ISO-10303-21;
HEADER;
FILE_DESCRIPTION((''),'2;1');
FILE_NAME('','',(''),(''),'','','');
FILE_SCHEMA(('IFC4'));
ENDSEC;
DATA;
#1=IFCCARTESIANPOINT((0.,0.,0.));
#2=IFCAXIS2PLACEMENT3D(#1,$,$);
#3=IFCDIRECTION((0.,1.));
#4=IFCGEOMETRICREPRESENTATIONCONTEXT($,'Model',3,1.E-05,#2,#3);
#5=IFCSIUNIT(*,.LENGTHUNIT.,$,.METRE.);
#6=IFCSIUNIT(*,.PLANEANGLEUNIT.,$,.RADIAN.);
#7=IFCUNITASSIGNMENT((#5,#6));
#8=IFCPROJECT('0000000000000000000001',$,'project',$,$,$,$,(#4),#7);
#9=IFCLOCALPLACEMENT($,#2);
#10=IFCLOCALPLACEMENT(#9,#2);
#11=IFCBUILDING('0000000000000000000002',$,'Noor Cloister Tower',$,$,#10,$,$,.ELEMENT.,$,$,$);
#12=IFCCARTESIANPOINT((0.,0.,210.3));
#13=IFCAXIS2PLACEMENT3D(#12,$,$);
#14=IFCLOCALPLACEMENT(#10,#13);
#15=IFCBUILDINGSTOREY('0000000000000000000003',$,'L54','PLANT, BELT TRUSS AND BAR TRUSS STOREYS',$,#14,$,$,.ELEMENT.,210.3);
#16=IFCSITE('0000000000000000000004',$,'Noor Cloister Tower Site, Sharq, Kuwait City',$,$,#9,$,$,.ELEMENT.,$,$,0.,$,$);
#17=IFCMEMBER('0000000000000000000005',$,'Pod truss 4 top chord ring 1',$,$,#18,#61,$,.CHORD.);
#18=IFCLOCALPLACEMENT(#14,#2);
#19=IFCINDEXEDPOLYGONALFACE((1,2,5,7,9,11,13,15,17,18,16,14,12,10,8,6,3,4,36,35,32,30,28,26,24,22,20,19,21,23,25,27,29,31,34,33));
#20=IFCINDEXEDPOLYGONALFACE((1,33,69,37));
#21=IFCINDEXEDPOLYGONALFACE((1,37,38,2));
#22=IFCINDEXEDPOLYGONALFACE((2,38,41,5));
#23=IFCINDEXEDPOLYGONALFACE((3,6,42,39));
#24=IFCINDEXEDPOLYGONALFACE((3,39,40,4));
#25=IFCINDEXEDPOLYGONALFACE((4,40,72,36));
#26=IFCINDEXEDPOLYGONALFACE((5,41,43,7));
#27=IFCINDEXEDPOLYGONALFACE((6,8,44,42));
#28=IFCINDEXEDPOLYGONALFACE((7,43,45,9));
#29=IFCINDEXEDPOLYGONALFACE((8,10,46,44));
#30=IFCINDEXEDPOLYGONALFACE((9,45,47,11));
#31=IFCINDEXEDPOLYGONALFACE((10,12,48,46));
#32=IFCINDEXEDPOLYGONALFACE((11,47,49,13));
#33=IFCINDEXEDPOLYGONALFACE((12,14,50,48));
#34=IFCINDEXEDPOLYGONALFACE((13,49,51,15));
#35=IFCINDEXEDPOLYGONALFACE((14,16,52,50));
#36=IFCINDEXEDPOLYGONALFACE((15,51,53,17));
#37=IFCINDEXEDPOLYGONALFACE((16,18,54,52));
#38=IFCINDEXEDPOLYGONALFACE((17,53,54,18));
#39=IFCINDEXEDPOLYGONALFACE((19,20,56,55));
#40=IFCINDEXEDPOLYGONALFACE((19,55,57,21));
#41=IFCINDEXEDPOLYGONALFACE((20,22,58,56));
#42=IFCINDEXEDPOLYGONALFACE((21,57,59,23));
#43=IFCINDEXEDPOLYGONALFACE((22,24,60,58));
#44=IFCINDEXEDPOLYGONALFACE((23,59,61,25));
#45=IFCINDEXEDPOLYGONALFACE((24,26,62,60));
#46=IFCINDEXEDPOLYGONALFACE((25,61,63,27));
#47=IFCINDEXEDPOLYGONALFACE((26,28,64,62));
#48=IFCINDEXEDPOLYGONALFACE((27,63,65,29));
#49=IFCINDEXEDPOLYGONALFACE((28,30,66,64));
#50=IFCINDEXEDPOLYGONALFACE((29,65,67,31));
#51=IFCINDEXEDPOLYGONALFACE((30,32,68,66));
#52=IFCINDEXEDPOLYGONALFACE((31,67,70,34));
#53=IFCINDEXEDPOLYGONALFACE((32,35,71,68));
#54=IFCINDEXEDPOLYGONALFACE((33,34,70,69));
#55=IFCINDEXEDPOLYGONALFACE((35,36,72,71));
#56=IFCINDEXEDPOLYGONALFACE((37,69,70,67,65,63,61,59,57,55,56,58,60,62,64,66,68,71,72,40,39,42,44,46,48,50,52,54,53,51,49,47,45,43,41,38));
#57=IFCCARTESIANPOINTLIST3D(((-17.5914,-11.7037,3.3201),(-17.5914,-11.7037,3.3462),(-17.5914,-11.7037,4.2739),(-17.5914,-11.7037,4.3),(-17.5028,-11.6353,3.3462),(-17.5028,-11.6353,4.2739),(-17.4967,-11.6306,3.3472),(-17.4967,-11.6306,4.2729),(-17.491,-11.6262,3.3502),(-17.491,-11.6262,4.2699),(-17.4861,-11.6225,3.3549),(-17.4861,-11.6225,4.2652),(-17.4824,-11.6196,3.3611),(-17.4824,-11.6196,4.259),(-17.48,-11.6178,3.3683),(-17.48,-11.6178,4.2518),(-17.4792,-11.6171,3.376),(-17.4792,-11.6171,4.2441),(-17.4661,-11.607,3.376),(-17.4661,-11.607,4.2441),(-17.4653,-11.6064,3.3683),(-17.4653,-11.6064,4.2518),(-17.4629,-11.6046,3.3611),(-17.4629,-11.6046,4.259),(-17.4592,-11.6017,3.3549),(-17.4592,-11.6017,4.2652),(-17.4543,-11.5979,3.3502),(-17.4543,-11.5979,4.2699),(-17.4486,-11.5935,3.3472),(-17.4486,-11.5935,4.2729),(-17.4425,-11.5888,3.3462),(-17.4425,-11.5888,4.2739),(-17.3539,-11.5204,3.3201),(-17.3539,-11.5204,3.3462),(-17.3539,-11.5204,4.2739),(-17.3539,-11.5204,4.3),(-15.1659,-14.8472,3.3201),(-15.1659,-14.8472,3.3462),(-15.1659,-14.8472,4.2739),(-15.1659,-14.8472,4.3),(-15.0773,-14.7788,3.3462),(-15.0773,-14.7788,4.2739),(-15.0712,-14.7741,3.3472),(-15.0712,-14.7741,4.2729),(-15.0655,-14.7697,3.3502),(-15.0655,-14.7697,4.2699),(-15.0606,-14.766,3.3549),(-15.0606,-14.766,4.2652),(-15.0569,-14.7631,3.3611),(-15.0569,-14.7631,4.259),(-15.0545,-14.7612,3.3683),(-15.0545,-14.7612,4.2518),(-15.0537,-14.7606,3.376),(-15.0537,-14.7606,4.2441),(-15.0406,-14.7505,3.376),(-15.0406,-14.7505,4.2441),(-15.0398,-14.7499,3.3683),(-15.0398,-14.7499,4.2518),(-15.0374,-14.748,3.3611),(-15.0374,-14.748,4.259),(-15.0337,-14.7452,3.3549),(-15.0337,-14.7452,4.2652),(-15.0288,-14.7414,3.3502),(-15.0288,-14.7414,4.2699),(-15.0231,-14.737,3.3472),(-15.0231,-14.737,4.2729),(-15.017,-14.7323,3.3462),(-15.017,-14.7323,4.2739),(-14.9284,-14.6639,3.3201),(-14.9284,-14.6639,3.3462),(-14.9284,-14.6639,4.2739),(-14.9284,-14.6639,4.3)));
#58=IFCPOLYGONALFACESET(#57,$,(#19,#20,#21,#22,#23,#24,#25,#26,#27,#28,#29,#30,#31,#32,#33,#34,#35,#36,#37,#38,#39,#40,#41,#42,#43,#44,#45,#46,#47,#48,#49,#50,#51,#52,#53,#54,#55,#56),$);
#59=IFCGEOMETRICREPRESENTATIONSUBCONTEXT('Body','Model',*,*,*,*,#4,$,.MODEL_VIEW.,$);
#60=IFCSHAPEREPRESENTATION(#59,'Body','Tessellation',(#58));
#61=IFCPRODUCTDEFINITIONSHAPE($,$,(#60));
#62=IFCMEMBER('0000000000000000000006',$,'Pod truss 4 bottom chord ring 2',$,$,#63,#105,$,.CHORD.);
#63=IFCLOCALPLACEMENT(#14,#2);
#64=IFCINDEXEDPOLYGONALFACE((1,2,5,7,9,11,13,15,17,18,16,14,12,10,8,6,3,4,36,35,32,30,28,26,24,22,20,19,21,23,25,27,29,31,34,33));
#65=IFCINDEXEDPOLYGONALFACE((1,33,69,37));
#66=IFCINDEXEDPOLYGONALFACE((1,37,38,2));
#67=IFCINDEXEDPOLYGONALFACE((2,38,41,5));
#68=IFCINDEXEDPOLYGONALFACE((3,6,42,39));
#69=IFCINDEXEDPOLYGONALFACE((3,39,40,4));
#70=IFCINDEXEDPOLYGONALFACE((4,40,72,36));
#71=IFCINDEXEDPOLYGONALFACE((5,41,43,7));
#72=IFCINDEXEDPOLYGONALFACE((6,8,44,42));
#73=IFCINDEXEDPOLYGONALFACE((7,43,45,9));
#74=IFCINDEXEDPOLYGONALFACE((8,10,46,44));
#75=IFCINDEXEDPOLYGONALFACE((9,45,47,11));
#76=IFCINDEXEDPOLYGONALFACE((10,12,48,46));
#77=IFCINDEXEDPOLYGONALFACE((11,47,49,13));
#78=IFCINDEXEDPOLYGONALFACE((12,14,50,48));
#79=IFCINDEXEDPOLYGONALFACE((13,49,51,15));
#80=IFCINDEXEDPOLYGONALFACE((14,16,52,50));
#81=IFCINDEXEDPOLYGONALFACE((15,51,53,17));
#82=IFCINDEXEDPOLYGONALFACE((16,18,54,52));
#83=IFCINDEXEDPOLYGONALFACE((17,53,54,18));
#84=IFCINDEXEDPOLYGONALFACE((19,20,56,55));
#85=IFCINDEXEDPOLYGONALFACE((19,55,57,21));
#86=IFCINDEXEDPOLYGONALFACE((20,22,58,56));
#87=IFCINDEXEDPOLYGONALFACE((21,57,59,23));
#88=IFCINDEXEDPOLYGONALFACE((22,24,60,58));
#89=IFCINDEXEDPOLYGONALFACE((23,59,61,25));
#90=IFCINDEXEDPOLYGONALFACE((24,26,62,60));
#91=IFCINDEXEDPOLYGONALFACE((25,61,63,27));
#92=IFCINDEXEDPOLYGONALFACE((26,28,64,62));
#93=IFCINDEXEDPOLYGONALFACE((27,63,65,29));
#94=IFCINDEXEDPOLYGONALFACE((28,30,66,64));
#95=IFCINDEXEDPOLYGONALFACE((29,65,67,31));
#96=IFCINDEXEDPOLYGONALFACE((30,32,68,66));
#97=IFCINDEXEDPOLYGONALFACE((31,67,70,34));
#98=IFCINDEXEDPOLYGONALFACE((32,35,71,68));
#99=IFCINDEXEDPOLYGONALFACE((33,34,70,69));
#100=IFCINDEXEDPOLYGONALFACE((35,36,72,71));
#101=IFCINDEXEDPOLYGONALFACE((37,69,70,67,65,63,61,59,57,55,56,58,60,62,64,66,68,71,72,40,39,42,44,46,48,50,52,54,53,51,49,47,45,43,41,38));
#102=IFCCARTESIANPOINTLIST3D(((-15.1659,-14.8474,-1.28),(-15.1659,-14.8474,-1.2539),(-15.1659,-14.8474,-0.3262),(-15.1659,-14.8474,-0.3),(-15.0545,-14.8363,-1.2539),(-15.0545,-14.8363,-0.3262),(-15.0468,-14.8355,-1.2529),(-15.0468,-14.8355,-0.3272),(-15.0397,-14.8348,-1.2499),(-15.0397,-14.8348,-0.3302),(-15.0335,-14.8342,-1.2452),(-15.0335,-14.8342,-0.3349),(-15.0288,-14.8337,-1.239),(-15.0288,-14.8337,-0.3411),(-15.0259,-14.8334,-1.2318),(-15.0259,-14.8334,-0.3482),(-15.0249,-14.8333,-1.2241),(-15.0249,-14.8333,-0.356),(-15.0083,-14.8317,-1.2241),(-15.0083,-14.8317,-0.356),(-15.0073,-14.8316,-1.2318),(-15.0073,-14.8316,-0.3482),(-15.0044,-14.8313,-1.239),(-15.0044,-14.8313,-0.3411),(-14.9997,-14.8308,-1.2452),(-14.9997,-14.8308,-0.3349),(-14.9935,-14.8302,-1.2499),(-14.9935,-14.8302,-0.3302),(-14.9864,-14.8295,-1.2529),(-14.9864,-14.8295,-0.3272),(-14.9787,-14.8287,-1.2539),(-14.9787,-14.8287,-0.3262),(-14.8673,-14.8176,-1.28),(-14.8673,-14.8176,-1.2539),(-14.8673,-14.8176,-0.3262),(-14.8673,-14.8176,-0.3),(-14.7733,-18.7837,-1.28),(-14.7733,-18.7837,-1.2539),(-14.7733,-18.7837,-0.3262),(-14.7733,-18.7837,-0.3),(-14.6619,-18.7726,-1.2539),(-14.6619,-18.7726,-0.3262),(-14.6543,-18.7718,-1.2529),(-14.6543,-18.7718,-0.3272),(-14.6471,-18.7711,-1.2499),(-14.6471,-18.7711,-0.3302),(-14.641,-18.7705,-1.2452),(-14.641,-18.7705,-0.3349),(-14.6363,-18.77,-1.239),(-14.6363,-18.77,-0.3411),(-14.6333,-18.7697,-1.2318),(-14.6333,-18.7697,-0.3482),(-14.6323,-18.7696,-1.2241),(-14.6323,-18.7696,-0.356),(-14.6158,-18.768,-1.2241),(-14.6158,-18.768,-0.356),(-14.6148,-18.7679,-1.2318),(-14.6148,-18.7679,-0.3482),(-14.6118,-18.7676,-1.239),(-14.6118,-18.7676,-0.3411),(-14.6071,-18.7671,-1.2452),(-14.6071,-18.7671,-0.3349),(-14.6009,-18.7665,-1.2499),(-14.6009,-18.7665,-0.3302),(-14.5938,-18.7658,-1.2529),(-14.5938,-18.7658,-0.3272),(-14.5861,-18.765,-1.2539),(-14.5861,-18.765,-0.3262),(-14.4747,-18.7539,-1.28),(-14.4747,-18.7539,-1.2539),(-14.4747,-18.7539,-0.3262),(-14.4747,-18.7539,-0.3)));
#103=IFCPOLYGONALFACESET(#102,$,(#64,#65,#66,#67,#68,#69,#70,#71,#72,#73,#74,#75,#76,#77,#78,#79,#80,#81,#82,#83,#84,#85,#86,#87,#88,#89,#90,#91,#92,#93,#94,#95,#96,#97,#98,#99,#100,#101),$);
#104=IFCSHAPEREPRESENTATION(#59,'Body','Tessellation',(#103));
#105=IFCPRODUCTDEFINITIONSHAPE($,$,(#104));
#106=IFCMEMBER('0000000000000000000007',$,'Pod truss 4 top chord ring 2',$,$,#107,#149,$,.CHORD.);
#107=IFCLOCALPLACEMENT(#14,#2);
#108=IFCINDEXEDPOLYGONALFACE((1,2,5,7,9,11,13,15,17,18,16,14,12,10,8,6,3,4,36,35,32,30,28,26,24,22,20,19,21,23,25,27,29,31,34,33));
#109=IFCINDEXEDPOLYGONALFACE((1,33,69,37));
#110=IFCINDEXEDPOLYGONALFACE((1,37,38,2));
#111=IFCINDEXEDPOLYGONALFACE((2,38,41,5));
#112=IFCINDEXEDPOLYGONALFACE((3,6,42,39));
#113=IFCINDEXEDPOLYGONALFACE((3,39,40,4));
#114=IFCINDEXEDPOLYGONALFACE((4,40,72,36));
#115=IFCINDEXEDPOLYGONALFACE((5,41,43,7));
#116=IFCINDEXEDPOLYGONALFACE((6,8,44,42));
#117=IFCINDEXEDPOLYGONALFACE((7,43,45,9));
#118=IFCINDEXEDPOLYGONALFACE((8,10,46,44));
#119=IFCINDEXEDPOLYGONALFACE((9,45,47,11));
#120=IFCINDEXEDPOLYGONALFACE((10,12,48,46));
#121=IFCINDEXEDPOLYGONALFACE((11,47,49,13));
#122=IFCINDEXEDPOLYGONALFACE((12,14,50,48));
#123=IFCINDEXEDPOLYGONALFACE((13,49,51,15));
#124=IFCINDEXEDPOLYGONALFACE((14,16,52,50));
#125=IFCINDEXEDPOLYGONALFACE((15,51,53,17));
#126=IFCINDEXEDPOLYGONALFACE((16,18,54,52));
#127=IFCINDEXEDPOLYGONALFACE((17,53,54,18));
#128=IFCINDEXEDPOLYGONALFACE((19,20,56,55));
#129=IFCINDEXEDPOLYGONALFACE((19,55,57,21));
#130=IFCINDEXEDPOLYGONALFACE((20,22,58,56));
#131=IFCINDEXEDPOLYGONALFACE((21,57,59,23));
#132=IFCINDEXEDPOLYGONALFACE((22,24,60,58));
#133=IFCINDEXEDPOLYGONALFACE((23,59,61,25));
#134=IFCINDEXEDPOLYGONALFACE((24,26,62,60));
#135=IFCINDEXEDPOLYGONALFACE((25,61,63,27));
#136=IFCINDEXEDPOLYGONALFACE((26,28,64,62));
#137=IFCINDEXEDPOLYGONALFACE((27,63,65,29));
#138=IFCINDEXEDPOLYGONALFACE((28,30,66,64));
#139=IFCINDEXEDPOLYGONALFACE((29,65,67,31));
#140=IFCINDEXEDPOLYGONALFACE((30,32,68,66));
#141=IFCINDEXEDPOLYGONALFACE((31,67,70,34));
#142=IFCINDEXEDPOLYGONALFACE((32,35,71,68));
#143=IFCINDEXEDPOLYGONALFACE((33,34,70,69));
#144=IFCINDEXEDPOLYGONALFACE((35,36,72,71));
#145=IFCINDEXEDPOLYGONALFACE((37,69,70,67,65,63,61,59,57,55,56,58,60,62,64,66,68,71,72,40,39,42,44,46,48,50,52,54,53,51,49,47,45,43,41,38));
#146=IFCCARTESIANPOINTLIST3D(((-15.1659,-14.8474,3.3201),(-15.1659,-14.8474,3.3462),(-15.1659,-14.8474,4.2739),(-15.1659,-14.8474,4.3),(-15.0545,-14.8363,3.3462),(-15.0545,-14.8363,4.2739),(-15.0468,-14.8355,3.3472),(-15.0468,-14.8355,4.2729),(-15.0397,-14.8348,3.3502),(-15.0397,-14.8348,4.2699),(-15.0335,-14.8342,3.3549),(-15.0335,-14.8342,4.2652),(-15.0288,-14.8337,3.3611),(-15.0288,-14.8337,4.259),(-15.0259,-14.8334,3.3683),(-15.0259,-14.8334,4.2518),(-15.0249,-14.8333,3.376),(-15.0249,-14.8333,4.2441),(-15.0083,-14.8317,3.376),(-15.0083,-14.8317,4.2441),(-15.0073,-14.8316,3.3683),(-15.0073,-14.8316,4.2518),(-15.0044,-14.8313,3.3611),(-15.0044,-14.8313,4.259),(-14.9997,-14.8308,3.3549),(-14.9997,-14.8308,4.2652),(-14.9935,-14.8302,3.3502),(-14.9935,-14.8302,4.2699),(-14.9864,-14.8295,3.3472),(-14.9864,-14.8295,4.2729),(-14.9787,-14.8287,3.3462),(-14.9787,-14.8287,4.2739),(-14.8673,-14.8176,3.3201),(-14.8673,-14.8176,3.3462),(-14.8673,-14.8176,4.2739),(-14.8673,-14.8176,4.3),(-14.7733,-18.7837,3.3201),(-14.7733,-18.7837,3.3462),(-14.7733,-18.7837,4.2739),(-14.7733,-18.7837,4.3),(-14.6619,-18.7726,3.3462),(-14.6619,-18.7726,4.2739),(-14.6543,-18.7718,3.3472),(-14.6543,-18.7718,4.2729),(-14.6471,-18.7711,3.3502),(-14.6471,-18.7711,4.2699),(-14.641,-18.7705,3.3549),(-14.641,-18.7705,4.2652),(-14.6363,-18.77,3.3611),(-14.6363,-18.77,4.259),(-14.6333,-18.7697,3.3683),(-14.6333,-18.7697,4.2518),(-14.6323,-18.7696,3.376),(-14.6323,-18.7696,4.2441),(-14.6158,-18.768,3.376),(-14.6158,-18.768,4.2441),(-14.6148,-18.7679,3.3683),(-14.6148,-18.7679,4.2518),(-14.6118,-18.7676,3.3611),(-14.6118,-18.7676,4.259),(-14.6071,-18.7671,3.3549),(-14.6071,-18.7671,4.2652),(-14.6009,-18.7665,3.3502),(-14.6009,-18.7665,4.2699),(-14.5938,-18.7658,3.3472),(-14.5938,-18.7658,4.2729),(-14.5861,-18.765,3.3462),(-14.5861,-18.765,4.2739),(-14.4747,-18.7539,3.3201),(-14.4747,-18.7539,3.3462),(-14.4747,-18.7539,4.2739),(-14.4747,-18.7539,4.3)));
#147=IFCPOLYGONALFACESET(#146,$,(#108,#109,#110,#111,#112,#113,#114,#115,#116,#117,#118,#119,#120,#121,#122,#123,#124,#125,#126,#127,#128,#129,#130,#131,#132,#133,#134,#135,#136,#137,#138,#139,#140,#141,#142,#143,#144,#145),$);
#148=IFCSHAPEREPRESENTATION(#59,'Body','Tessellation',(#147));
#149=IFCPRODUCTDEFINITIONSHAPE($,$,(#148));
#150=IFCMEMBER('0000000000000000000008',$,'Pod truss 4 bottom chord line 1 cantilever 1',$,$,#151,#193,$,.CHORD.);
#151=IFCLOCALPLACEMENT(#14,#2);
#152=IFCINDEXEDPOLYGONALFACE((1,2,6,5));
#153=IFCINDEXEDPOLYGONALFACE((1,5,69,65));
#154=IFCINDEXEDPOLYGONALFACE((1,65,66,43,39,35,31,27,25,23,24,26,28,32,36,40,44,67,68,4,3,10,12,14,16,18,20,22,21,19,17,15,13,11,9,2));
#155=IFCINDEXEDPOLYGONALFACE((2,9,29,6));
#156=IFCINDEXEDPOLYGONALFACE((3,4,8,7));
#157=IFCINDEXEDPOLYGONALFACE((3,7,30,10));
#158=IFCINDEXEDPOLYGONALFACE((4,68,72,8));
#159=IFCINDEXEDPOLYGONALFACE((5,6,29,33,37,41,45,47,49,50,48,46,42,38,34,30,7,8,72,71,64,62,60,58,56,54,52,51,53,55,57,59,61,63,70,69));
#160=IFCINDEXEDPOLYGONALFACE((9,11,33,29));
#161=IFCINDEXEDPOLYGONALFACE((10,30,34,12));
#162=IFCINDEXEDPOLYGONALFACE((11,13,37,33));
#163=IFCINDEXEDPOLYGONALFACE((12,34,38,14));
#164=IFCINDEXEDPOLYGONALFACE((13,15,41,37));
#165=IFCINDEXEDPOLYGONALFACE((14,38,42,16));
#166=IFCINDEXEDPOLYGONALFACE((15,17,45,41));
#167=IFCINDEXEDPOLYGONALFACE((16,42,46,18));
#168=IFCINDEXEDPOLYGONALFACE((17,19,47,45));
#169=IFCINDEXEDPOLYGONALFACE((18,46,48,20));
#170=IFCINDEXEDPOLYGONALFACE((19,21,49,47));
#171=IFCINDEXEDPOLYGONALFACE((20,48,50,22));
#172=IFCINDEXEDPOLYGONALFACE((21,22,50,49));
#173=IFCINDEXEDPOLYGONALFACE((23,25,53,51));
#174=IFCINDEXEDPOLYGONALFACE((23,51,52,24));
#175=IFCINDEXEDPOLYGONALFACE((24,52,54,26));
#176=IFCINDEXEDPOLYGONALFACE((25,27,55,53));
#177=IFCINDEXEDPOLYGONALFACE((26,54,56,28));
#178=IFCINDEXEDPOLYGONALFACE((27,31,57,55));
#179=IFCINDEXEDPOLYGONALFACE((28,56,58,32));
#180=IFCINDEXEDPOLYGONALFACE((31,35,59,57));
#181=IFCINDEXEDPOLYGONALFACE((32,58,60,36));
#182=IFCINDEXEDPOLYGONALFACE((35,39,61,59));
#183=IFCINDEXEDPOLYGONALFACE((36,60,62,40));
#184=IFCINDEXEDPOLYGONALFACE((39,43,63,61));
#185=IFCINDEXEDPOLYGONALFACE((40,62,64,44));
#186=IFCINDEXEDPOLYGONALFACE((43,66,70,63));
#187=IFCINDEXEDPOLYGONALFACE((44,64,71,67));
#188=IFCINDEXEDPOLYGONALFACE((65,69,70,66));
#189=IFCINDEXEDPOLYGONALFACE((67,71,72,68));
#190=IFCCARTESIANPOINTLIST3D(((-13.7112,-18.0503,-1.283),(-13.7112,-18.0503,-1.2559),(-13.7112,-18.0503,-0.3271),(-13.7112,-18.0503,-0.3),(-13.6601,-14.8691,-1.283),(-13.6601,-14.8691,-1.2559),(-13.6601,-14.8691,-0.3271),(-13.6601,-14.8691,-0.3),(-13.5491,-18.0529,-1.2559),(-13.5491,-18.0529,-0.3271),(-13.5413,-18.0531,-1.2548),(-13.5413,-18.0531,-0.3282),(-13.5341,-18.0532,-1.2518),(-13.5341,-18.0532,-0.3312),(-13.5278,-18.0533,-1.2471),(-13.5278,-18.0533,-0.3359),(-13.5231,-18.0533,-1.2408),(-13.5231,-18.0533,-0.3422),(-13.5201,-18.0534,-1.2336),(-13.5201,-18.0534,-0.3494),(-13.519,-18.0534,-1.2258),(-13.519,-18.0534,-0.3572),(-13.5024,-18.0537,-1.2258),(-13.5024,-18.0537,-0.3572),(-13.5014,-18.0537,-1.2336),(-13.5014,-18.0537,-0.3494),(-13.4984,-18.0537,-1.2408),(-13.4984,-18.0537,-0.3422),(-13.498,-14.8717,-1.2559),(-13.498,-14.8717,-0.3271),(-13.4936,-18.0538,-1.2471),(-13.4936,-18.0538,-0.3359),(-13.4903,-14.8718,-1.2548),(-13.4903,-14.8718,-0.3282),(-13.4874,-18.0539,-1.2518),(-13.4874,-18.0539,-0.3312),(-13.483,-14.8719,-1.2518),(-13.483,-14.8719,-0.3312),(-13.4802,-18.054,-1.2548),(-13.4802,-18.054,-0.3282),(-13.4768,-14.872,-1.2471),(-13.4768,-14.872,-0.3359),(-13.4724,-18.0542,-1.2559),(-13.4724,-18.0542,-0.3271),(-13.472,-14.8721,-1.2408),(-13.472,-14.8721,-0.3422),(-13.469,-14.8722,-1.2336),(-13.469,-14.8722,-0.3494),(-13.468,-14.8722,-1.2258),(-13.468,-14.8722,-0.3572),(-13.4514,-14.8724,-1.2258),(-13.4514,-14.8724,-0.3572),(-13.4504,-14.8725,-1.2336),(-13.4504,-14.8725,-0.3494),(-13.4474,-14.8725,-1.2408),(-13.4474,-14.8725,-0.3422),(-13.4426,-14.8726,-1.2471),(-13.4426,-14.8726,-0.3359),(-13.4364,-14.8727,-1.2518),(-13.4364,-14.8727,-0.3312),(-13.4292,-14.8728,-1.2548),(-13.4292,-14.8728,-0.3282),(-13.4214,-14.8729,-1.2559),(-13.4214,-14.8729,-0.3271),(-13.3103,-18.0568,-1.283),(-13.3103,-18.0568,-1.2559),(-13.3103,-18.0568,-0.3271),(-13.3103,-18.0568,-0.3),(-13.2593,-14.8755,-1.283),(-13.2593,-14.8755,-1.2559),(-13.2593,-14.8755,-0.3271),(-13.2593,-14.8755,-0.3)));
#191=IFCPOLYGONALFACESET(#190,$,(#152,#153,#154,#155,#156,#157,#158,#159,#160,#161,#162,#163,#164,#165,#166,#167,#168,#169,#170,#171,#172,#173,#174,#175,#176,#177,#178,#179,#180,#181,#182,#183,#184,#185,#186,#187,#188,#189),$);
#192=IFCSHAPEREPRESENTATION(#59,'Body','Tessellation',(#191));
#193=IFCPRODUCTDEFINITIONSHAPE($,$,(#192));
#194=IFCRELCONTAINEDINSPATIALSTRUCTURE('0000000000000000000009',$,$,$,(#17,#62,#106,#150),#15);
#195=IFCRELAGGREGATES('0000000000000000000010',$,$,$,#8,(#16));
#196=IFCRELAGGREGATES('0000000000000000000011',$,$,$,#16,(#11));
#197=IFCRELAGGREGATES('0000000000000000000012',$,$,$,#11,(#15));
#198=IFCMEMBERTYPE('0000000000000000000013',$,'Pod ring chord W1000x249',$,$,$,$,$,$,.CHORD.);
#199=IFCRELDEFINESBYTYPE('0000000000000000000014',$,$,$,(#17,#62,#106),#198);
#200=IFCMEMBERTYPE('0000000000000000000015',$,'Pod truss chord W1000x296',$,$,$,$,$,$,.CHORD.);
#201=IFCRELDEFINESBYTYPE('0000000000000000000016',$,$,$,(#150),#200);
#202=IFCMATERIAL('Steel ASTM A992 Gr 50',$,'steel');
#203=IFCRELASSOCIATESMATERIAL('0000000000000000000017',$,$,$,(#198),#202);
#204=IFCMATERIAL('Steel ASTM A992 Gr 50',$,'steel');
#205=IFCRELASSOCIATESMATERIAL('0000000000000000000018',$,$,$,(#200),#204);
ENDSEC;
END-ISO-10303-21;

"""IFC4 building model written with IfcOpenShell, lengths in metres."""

from ifc_helpers import new_model, si_unit, direction, frame, origin, origin_2d, place, context, subcontext, project, spatial, i_section, extrude, material, material_profile, profile_set, type_object, element, save


model = new_model("IFC4")

# Units and contexts
model_context = context("Model", 3, precision=1e-05, world=origin(), true_north=direction((0.0, 1.0)))
body_context = subcontext(model_context, "Body", "Model", "MODEL_VIEW")
ifc_project = project(units=[si_unit("LENGTHUNIT", "METRE"), si_unit("PLANEANGLEUNIT", "RADIAN")], contexts=[model_context])

# Site, building, storey
site_placement = place(None, origin())
site = spatial("IfcSite", under=ifc_project, at=site_placement, Name="Noor Cloister Tower Site, Sharq, Kuwait City", CompositionType="ELEMENT", RefElevation=0.0)
building_placement = place(site_placement, origin())
building = spatial("IfcBuilding", under=site, at=building_placement, Name="Noor Cloister Tower", CompositionType="ELEMENT")
storey_placement = place(building_placement, frame((0.0, 0.0, 210.3)))
storey = spatial("IfcBuildingStorey", under=building, at=storey_placement, Name="L54", Description="PLANT, BELT TRUSS AND BAR TRUSS STOREYS", CompositionType="ELEMENT", Elevation=210.3)

# Members
ifc_material_1 = material(Name="Steel ASTM A992 Gr 50", Category="steel")
ifc_material_profile_1 = material_profile(ifc_material_1, i_section(OverallWidth=0.3, OverallDepth=0.98, WebThickness=0.0166, FlangeThickness=0.0261, FilletRadius=0.0298, at=origin_2d()), Name="W1000x249")
ifc_profile_set_1 = profile_set([ifc_material_profile_1], Name="Steel ASTM A992 Gr 50")
member_type_1 = type_object("IfcMemberType", Name="Pod ring chord W1000x249", PredefinedType="CHORD", material=ifc_profile_set_1)
member_1_placement = place(storey_placement, frame((-17.4727, -11.6121, 3.8101), z_axis=(0.610884, -0.79172, 0.0), x_axis=(0.79172, 0.610884, 0.0)))
element("IfcMember", 1, at=member_1_placement, inside=storey, type_object=member_type_1, Name="Pod truss 4 top chord ring 1", PredefinedType="CHORD", context=body_context, shape_type="SweptSolid", body=[
    extrude(i_section(OverallWidth=0.3, OverallDepth=0.98, WebThickness=0.0166, FlangeThickness=0.0261, FilletRadius=0.0298, at=origin_2d()), origin(), (0.0, 0.0, 1.0), 3.9705),
])
for number, where, z_axis, x_axis, name in (
    (2, (-15.0166, -14.8325, -0.79), (0.099241, -0.995063, 0.0), (0.995063, 0.099241, 0.0), "Pod truss 4 bottom chord ring 2"),
    (3, (-15.0166, -14.8325, 3.8101), (0.099241, -0.995063, 0.0), (0.995063, 0.099241, 0.0), "Pod truss 4 top chord ring 2"),
):
    element("IfcMember", number, at=place(storey_placement, frame(where, z_axis=z_axis, x_axis=x_axis)), inside=storey, type_object=member_type_1, Name=name, PredefinedType="CHORD", context=body_context, shape_type="SweptSolid", body=[
        extrude(i_section(OverallWidth=0.3, OverallDepth=0.98, WebThickness=0.0166, FlangeThickness=0.0261, FilletRadius=0.0298, at=origin_2d()), origin(), (0.0, 0.0, 1.0), 3.9558),
    ])
ifc_material_2 = material(Name="Steel ASTM A992 Gr 50", Category="steel")
ifc_material_profile_2 = material_profile(ifc_material_2, i_section(OverallWidth=0.4009, OverallDepth=0.9829, WebThickness=0.0166, FlangeThickness=0.0271, FilletRadius=0.03, at=origin_2d()), Name="W1000x296")
ifc_profile_set_2 = profile_set([ifc_material_profile_2], Name="Steel ASTM A992 Gr 50")
member_type_2 = type_object("IfcMemberType", Name="Pod truss chord W1000x296", PredefinedType="CHORD", material=ifc_profile_set_2)
member_2_placement = place(storey_placement, frame((-13.4597, -14.8723, -0.7915), z_axis=(-0.016038, -0.999871, 0.0), x_axis=(0.999871, -0.016038, 0.0)))
element("IfcMember", 4, at=member_2_placement, inside=storey, type_object=member_type_2, Name="Pod truss 4 bottom chord line 1 cantilever 1", PredefinedType="CHORD", context=body_context, shape_type="SweptSolid", body=[
    extrude(i_section(OverallWidth=0.4009, OverallDepth=0.9829, WebThickness=0.0166, FlangeThickness=0.0271, FilletRadius=0.03, at=origin_2d()), origin(), (0.0, 0.0, 1.0), 3.1816),
])

save(model, "model.ifc")
